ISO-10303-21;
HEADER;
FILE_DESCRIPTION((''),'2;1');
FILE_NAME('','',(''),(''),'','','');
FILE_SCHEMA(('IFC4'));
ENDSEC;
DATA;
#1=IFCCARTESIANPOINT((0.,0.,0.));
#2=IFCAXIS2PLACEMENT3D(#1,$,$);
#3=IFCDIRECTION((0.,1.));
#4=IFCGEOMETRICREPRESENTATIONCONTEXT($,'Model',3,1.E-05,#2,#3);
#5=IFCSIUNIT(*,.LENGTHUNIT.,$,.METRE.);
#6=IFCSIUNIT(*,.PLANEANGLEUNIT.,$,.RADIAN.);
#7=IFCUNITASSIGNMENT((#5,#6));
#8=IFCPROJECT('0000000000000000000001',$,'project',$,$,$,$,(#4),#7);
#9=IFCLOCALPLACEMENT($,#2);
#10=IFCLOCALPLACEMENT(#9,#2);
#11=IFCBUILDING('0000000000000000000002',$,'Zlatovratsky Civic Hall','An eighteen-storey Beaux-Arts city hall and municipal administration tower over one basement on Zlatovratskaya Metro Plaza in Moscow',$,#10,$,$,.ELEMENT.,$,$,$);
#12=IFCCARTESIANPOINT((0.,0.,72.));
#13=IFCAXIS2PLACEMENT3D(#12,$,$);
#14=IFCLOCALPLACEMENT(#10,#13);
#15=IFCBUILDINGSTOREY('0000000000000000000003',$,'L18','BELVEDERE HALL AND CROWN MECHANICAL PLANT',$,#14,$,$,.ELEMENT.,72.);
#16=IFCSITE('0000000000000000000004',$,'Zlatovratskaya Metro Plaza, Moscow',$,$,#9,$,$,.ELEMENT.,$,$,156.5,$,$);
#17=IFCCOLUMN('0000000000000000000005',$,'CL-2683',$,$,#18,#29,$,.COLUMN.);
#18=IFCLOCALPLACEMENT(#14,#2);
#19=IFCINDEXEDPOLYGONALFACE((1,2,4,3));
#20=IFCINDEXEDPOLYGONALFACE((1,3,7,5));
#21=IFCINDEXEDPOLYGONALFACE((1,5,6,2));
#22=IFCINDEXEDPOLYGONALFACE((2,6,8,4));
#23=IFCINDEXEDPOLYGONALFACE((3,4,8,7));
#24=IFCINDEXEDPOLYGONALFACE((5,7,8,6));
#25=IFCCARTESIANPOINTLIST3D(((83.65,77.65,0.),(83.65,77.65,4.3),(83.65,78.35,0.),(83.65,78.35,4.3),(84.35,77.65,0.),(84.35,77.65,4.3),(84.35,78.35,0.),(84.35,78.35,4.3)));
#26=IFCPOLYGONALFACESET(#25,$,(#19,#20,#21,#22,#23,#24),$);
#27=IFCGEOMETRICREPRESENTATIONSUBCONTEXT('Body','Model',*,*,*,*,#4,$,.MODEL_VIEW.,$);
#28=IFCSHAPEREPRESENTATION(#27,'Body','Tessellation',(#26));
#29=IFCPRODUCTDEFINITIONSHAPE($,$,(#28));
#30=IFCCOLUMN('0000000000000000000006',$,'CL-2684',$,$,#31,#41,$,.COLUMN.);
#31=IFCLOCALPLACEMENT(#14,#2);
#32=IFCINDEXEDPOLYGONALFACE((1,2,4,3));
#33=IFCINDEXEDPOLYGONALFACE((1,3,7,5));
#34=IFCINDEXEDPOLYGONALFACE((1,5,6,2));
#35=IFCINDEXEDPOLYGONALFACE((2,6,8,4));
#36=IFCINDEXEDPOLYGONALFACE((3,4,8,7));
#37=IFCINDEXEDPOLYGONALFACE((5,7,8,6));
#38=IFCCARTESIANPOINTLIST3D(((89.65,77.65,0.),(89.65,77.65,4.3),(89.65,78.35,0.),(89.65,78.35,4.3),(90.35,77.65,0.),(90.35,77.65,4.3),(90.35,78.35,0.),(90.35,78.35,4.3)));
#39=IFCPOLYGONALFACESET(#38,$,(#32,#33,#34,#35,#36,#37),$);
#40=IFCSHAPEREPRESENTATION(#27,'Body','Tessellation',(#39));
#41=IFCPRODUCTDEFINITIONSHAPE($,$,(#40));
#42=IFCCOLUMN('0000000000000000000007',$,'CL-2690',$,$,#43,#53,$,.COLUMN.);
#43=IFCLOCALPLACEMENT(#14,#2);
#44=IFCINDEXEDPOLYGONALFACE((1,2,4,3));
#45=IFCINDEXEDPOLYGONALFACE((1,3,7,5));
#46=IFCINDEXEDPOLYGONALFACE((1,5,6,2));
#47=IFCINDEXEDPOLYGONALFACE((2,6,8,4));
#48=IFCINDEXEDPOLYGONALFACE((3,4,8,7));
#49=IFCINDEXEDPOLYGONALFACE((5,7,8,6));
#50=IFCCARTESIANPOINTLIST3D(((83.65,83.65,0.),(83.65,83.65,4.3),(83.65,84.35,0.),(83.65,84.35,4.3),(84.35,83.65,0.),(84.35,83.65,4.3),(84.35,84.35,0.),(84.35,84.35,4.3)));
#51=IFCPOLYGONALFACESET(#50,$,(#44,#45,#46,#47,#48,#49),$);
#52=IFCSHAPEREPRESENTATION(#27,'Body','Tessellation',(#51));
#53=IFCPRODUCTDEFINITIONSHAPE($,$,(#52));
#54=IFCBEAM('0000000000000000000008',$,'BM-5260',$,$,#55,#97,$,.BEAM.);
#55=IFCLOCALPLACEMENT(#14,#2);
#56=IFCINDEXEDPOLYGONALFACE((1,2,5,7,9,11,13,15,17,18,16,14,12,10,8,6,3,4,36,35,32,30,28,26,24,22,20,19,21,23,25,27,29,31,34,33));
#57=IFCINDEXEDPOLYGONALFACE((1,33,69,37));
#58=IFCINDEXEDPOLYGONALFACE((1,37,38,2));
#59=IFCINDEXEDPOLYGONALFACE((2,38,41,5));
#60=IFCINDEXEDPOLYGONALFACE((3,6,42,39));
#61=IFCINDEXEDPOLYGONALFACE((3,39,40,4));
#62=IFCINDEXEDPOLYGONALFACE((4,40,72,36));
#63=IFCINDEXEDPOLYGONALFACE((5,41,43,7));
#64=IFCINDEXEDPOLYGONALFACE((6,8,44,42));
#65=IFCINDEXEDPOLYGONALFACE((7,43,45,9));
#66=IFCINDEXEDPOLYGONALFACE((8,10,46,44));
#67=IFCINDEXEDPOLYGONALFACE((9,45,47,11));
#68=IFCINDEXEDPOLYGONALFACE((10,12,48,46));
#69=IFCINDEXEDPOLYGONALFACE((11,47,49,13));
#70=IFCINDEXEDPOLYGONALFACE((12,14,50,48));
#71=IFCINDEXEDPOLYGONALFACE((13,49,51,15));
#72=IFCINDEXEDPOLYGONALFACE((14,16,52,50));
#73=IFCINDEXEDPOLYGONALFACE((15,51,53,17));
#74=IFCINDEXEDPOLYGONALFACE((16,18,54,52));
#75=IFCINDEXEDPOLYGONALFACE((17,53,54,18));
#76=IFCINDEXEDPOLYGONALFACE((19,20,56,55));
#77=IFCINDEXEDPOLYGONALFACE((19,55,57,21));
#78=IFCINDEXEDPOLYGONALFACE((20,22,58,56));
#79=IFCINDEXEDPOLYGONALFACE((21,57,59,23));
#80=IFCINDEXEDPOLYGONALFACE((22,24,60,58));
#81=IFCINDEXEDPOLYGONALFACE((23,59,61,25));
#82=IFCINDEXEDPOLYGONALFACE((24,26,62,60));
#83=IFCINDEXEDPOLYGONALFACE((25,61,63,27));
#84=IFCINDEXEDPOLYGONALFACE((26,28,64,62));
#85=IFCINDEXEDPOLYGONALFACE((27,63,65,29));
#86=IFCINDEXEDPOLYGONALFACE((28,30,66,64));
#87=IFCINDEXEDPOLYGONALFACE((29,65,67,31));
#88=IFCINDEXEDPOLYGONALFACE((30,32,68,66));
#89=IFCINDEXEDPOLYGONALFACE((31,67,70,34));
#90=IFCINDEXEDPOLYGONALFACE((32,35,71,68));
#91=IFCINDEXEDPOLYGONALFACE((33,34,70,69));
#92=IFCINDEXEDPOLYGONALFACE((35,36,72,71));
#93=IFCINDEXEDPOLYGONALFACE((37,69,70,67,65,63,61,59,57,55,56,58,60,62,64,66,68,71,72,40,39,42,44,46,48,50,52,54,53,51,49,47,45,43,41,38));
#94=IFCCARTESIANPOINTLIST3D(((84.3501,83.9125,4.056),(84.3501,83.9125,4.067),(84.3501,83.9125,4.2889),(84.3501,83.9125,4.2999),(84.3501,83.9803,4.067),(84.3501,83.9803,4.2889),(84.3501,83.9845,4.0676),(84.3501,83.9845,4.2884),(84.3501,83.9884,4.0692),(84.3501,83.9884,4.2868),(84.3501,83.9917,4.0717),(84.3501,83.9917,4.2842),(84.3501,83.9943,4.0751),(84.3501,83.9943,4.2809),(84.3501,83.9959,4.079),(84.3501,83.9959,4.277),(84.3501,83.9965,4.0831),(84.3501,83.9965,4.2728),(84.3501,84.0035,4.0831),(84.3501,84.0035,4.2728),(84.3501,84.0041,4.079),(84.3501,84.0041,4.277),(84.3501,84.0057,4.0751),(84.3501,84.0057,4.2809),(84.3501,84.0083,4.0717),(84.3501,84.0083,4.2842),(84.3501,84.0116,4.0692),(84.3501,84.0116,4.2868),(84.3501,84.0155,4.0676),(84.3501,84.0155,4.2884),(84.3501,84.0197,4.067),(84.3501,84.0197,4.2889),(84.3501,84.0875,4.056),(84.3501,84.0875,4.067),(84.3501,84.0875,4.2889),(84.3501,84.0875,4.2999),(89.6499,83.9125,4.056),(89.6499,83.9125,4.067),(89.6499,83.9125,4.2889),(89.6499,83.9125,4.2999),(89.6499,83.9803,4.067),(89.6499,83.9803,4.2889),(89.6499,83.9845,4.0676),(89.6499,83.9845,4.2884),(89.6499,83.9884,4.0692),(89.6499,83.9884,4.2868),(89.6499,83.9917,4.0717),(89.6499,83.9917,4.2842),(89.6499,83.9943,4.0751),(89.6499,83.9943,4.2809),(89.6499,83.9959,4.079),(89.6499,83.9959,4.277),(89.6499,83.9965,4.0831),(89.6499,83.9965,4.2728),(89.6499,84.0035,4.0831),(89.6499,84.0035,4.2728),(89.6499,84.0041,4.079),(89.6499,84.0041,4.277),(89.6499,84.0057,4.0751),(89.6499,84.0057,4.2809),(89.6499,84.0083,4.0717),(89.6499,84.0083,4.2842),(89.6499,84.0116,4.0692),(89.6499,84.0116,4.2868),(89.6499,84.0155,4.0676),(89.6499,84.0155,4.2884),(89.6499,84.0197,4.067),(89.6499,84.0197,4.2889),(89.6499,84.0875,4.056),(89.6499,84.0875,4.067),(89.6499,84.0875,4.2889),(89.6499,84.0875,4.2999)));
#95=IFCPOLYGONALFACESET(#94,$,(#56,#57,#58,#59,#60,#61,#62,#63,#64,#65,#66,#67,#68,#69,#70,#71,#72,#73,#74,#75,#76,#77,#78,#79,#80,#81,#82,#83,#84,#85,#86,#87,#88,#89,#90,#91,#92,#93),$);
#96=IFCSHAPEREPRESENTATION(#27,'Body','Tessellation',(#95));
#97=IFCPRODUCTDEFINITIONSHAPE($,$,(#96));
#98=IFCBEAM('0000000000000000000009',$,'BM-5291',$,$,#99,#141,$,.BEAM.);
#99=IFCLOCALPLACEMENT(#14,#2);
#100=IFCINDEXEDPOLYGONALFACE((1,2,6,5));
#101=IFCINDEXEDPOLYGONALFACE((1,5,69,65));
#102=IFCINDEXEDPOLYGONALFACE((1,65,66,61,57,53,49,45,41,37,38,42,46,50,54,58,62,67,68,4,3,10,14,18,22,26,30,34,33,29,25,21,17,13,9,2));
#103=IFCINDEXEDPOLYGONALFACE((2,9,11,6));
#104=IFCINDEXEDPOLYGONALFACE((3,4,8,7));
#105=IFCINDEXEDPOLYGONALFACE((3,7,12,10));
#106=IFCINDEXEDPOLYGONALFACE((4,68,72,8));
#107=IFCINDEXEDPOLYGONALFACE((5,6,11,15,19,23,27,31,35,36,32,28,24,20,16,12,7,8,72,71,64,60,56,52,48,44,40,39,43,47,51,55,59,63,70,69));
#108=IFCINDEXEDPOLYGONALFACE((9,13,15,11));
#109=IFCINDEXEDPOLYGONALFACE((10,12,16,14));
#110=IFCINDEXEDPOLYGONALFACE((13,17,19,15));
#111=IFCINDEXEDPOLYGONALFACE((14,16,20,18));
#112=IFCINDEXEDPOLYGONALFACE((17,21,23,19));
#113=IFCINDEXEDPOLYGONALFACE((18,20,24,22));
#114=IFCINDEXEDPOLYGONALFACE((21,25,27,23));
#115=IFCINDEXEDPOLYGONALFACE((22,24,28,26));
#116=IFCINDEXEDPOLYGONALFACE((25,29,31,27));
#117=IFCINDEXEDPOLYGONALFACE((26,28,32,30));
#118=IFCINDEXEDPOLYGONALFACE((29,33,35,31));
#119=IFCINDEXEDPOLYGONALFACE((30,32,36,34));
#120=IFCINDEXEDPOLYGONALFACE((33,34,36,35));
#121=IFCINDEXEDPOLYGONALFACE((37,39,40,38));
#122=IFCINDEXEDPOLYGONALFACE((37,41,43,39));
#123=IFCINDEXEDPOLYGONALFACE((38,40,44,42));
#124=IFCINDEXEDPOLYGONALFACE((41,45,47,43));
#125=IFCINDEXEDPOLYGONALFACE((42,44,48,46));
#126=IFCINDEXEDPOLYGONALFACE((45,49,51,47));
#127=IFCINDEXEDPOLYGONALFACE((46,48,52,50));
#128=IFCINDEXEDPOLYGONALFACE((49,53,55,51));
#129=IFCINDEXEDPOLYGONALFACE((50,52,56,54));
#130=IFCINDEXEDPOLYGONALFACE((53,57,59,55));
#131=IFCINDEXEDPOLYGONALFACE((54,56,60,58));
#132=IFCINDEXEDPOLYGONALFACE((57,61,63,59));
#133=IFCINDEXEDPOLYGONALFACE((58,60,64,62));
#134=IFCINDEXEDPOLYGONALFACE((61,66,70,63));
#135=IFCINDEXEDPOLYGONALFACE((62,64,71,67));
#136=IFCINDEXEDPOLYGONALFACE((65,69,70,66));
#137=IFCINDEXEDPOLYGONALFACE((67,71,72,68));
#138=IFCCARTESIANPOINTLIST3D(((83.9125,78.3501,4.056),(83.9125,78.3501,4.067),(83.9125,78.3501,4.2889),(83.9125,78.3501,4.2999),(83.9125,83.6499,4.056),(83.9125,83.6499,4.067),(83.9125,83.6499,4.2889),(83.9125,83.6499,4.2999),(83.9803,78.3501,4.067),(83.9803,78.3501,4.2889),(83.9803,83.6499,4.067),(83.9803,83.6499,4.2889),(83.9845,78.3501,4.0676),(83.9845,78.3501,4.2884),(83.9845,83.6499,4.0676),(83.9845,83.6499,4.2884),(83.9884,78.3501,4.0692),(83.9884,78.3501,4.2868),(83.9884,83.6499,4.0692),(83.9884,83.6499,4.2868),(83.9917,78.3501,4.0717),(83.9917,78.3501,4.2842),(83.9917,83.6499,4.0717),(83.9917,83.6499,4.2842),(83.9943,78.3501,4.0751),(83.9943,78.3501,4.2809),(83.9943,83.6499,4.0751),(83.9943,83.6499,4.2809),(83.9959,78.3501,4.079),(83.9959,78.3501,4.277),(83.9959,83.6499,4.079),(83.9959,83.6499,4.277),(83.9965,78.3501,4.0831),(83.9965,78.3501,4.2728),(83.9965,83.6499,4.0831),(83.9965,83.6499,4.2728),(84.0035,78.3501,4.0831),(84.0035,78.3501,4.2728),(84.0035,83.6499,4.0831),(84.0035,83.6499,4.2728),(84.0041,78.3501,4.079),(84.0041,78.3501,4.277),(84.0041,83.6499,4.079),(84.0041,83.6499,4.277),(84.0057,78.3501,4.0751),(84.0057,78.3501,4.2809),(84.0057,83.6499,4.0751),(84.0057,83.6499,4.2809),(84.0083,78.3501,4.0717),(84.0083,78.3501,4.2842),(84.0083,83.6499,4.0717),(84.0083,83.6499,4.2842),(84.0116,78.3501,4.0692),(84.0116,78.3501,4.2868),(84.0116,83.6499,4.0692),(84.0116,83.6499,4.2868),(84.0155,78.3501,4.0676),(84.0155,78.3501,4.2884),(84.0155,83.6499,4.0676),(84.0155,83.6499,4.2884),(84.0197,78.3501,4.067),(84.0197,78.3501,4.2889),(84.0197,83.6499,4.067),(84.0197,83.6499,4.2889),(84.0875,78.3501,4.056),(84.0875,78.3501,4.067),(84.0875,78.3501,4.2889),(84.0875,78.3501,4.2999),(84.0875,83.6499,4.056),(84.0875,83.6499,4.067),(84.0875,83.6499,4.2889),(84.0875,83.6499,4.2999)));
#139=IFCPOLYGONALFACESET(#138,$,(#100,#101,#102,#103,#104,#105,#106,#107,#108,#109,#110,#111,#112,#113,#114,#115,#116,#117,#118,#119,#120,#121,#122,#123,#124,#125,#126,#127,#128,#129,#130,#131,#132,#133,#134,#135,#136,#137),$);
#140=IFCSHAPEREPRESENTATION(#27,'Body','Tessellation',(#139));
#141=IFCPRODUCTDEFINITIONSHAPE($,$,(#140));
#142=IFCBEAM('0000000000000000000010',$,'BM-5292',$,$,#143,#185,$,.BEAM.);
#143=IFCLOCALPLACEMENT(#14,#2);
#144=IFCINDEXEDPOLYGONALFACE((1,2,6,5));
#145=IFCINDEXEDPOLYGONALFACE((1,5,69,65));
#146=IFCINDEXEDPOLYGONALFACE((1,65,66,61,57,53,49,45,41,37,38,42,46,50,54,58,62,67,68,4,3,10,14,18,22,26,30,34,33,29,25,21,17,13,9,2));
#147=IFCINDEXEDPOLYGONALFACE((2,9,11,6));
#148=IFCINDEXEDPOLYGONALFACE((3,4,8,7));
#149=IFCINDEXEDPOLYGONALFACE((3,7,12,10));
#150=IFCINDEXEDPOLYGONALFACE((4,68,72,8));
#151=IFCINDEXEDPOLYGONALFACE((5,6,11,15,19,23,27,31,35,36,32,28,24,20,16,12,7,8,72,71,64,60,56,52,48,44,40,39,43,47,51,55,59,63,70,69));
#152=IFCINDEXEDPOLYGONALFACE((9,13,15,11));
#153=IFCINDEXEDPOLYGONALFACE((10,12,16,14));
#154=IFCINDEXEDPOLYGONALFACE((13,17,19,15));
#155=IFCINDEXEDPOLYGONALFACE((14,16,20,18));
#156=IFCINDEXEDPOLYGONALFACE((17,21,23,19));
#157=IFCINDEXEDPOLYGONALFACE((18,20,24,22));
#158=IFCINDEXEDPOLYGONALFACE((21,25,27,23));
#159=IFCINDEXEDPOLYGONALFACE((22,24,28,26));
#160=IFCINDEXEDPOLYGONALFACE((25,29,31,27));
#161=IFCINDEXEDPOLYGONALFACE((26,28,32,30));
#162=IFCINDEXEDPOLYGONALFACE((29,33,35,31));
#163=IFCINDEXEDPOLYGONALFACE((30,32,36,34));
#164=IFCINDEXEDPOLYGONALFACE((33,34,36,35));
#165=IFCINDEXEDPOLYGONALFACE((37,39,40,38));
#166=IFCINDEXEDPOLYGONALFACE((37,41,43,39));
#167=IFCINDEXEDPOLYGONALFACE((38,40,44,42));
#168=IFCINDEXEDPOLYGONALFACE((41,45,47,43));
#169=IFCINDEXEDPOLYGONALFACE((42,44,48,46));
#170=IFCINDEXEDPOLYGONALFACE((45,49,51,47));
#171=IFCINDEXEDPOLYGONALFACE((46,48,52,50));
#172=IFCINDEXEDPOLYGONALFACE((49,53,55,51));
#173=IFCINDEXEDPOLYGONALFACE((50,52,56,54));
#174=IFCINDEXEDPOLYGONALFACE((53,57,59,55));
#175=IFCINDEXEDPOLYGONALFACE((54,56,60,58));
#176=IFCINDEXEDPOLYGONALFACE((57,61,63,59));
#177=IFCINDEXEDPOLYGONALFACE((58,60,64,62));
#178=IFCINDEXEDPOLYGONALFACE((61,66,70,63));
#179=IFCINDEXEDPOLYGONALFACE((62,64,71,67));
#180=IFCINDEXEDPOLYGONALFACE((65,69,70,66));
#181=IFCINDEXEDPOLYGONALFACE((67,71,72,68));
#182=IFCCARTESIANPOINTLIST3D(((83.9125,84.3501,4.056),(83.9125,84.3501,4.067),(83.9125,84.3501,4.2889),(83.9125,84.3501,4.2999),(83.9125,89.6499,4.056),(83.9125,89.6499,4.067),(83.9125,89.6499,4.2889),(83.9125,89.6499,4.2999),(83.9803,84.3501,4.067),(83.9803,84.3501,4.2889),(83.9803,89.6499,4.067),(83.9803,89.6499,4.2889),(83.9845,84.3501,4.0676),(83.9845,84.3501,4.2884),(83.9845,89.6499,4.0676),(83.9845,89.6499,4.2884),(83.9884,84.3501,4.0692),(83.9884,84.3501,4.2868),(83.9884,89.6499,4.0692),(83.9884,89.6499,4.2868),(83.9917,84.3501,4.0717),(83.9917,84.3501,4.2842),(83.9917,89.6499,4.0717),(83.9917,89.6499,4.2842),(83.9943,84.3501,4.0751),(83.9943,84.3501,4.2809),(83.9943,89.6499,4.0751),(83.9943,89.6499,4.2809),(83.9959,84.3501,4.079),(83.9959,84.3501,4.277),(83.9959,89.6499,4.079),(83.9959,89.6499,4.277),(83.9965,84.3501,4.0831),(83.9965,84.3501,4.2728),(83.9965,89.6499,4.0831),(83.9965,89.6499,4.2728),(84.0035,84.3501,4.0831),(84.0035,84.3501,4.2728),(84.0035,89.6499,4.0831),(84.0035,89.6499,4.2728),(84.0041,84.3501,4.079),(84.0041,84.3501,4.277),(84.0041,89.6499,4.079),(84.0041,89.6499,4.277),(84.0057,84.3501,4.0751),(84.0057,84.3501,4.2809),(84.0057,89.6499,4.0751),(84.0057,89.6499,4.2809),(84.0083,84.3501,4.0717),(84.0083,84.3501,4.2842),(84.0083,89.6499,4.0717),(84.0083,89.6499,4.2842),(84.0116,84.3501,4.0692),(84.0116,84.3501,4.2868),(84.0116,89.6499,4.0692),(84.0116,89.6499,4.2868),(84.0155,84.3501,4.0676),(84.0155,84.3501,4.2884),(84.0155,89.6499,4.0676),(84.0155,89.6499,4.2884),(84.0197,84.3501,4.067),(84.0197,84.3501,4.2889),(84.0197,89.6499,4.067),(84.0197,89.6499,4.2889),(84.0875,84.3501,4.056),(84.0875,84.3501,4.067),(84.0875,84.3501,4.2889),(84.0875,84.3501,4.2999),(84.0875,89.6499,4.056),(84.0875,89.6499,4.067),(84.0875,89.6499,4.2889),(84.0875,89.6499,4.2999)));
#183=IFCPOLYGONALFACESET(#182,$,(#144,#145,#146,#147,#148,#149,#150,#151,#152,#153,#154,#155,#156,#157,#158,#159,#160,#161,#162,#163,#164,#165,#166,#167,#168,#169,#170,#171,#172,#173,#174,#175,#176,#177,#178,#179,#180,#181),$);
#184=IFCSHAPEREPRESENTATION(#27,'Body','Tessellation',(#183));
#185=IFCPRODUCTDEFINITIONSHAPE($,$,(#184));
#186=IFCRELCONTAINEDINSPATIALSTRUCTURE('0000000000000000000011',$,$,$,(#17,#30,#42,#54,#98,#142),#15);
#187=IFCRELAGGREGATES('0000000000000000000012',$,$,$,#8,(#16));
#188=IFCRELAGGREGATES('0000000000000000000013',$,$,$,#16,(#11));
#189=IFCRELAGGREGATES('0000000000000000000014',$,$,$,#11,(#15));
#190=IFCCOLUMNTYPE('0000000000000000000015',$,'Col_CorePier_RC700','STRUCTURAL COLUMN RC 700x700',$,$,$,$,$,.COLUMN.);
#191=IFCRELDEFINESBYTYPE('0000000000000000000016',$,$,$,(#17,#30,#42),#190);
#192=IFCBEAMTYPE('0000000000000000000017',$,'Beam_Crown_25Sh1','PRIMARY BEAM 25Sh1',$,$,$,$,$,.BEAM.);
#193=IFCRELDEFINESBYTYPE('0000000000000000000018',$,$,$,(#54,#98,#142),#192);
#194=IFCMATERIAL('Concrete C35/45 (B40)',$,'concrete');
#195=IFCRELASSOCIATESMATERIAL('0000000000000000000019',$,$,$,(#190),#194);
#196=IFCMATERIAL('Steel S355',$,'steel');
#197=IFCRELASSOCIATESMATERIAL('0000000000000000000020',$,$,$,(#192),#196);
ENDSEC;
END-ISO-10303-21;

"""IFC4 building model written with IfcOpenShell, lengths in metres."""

from ifc_helpers import new_model, si_unit, direction, frame, origin, origin_2d, place, context, subcontext, project, spatial, rectangle, i_section, extrude, material, material_profile, profile_set, type_object, element, save


model = new_model("IFC4")

# Units and contexts
model_context = context("Model", 3, precision=1e-05, world=origin(), true_north=direction((0.0, 1.0)))
body_context = subcontext(model_context, "Body", "Model", "MODEL_VIEW")
ifc_project = project(units=[si_unit("LENGTHUNIT", "METRE"), si_unit("PLANEANGLEUNIT", "RADIAN")], contexts=[model_context])

# Site, building, storey
site_placement = place(None, origin())
site = spatial("IfcSite", under=ifc_project, at=site_placement, Name="Zlatovratskaya Metro Plaza, Moscow", CompositionType="ELEMENT", RefElevation=156.5)
building_placement = place(site_placement, origin())
building = spatial("IfcBuilding", under=site, at=building_placement, Name="Zlatovratsky Civic Hall", Description="An eighteen-storey Beaux-Arts city hall and municipal administration tower over one basement on Zlatovratskaya Metro Plaza in Moscow", CompositionType="ELEMENT")
storey_placement = place(building_placement, frame((0.0, 0.0, 72.0)))
storey = spatial("IfcBuildingStorey", under=building, at=storey_placement, Name="L18", Description="BELVEDERE HALL AND CROWN MECHANICAL PLANT", CompositionType="ELEMENT", Elevation=72.0)

# Columns
ifc_material_1 = material(Name="Concrete C35/45 (B40)", Category="concrete")
ifc_material_profile_1 = material_profile(ifc_material_1, rectangle(XDim=0.7, YDim=0.7, at=origin_2d()), Name="RC 700x700")
ifc_profile_set_1 = profile_set([ifc_material_profile_1], Name="Concrete C35/45 (B40)")
column_type = type_object("IfcColumnType", Name="Col_CorePier_RC700", Description="STRUCTURAL COLUMN RC 700x700", PredefinedType="COLUMN", material=ifc_profile_set_1)
for number, where, z_axis, x_axis, name in (
    (1, (84.0, 78.0, 0.0), (0.0, 0.0, 1.0), (1.0, 0.0, 0.0), "CL-2683"),
    (2, (90.0, 78.0, 0.0), (0.0, 0.0, 1.0), (1.0, 0.0, 0.0), "CL-2684"),
    (3, (84.0, 84.0, 0.0), (0.0, 0.0, 1.0), (1.0, 0.0, 0.0), "CL-2690"),
):
    element("IfcColumn", number, at=place(storey_placement, frame(where, z_axis=z_axis, x_axis=x_axis)), inside=storey, type_object=column_type, Name=name, PredefinedType="COLUMN", context=body_context, shape_type="SweptSolid", body=[
        extrude(rectangle(XDim=0.7, YDim=0.7, at=origin_2d()), origin(), (0.0, 0.0, 1.0), 4.3),
    ])

# Beams
ifc_material_2 = material(Name="Steel S355", Category="steel")
ifc_material_profile_2 = material_profile(ifc_material_2, i_section(OverallWidth=0.175, OverallDepth=0.2439, WebThickness=0.0071, FlangeThickness=0.011, FilletRadius=0.0161, at=origin_2d()), Name="25Sh1")
ifc_profile_set_2 = profile_set([ifc_material_profile_2], Name="Steel S355")
beam_type_1 = type_object("IfcBeamType", Name="Beam_Crown_25Sh1", Description="PRIMARY BEAM 25Sh1", PredefinedType="BEAM", material=ifc_profile_set_2)
for number, where, z_axis, x_axis, name in (
    (4, (84.3501, 84.0, 4.178), (1.0, 0.0, 0.0), (0.0, 1.0, 0.0), "BM-5260"),
    (5, (84.0, 78.3501, 4.178), (0.0, 1.0, 0.0), (-1.0, 0.0, 0.0), "BM-5291"),
    (6, (84.0, 84.3501, 4.178), (0.0, 1.0, 0.0), (-1.0, 0.0, 0.0), "BM-5292"),
):
    element("IfcBeam", number, at=place(storey_placement, frame(where, z_axis=z_axis, x_axis=x_axis)), inside=storey, type_object=beam_type_1, Name=name, PredefinedType="BEAM", context=body_context, shape_type="SweptSolid", body=[
        extrude(i_section(OverallWidth=0.175, OverallDepth=0.2439, WebThickness=0.0071, FlangeThickness=0.011, FilletRadius=0.0161, at=origin_2d()), origin(), (0.0, 0.0, 1.0), 5.2998),
    ])

save(model, "model.ifc")
